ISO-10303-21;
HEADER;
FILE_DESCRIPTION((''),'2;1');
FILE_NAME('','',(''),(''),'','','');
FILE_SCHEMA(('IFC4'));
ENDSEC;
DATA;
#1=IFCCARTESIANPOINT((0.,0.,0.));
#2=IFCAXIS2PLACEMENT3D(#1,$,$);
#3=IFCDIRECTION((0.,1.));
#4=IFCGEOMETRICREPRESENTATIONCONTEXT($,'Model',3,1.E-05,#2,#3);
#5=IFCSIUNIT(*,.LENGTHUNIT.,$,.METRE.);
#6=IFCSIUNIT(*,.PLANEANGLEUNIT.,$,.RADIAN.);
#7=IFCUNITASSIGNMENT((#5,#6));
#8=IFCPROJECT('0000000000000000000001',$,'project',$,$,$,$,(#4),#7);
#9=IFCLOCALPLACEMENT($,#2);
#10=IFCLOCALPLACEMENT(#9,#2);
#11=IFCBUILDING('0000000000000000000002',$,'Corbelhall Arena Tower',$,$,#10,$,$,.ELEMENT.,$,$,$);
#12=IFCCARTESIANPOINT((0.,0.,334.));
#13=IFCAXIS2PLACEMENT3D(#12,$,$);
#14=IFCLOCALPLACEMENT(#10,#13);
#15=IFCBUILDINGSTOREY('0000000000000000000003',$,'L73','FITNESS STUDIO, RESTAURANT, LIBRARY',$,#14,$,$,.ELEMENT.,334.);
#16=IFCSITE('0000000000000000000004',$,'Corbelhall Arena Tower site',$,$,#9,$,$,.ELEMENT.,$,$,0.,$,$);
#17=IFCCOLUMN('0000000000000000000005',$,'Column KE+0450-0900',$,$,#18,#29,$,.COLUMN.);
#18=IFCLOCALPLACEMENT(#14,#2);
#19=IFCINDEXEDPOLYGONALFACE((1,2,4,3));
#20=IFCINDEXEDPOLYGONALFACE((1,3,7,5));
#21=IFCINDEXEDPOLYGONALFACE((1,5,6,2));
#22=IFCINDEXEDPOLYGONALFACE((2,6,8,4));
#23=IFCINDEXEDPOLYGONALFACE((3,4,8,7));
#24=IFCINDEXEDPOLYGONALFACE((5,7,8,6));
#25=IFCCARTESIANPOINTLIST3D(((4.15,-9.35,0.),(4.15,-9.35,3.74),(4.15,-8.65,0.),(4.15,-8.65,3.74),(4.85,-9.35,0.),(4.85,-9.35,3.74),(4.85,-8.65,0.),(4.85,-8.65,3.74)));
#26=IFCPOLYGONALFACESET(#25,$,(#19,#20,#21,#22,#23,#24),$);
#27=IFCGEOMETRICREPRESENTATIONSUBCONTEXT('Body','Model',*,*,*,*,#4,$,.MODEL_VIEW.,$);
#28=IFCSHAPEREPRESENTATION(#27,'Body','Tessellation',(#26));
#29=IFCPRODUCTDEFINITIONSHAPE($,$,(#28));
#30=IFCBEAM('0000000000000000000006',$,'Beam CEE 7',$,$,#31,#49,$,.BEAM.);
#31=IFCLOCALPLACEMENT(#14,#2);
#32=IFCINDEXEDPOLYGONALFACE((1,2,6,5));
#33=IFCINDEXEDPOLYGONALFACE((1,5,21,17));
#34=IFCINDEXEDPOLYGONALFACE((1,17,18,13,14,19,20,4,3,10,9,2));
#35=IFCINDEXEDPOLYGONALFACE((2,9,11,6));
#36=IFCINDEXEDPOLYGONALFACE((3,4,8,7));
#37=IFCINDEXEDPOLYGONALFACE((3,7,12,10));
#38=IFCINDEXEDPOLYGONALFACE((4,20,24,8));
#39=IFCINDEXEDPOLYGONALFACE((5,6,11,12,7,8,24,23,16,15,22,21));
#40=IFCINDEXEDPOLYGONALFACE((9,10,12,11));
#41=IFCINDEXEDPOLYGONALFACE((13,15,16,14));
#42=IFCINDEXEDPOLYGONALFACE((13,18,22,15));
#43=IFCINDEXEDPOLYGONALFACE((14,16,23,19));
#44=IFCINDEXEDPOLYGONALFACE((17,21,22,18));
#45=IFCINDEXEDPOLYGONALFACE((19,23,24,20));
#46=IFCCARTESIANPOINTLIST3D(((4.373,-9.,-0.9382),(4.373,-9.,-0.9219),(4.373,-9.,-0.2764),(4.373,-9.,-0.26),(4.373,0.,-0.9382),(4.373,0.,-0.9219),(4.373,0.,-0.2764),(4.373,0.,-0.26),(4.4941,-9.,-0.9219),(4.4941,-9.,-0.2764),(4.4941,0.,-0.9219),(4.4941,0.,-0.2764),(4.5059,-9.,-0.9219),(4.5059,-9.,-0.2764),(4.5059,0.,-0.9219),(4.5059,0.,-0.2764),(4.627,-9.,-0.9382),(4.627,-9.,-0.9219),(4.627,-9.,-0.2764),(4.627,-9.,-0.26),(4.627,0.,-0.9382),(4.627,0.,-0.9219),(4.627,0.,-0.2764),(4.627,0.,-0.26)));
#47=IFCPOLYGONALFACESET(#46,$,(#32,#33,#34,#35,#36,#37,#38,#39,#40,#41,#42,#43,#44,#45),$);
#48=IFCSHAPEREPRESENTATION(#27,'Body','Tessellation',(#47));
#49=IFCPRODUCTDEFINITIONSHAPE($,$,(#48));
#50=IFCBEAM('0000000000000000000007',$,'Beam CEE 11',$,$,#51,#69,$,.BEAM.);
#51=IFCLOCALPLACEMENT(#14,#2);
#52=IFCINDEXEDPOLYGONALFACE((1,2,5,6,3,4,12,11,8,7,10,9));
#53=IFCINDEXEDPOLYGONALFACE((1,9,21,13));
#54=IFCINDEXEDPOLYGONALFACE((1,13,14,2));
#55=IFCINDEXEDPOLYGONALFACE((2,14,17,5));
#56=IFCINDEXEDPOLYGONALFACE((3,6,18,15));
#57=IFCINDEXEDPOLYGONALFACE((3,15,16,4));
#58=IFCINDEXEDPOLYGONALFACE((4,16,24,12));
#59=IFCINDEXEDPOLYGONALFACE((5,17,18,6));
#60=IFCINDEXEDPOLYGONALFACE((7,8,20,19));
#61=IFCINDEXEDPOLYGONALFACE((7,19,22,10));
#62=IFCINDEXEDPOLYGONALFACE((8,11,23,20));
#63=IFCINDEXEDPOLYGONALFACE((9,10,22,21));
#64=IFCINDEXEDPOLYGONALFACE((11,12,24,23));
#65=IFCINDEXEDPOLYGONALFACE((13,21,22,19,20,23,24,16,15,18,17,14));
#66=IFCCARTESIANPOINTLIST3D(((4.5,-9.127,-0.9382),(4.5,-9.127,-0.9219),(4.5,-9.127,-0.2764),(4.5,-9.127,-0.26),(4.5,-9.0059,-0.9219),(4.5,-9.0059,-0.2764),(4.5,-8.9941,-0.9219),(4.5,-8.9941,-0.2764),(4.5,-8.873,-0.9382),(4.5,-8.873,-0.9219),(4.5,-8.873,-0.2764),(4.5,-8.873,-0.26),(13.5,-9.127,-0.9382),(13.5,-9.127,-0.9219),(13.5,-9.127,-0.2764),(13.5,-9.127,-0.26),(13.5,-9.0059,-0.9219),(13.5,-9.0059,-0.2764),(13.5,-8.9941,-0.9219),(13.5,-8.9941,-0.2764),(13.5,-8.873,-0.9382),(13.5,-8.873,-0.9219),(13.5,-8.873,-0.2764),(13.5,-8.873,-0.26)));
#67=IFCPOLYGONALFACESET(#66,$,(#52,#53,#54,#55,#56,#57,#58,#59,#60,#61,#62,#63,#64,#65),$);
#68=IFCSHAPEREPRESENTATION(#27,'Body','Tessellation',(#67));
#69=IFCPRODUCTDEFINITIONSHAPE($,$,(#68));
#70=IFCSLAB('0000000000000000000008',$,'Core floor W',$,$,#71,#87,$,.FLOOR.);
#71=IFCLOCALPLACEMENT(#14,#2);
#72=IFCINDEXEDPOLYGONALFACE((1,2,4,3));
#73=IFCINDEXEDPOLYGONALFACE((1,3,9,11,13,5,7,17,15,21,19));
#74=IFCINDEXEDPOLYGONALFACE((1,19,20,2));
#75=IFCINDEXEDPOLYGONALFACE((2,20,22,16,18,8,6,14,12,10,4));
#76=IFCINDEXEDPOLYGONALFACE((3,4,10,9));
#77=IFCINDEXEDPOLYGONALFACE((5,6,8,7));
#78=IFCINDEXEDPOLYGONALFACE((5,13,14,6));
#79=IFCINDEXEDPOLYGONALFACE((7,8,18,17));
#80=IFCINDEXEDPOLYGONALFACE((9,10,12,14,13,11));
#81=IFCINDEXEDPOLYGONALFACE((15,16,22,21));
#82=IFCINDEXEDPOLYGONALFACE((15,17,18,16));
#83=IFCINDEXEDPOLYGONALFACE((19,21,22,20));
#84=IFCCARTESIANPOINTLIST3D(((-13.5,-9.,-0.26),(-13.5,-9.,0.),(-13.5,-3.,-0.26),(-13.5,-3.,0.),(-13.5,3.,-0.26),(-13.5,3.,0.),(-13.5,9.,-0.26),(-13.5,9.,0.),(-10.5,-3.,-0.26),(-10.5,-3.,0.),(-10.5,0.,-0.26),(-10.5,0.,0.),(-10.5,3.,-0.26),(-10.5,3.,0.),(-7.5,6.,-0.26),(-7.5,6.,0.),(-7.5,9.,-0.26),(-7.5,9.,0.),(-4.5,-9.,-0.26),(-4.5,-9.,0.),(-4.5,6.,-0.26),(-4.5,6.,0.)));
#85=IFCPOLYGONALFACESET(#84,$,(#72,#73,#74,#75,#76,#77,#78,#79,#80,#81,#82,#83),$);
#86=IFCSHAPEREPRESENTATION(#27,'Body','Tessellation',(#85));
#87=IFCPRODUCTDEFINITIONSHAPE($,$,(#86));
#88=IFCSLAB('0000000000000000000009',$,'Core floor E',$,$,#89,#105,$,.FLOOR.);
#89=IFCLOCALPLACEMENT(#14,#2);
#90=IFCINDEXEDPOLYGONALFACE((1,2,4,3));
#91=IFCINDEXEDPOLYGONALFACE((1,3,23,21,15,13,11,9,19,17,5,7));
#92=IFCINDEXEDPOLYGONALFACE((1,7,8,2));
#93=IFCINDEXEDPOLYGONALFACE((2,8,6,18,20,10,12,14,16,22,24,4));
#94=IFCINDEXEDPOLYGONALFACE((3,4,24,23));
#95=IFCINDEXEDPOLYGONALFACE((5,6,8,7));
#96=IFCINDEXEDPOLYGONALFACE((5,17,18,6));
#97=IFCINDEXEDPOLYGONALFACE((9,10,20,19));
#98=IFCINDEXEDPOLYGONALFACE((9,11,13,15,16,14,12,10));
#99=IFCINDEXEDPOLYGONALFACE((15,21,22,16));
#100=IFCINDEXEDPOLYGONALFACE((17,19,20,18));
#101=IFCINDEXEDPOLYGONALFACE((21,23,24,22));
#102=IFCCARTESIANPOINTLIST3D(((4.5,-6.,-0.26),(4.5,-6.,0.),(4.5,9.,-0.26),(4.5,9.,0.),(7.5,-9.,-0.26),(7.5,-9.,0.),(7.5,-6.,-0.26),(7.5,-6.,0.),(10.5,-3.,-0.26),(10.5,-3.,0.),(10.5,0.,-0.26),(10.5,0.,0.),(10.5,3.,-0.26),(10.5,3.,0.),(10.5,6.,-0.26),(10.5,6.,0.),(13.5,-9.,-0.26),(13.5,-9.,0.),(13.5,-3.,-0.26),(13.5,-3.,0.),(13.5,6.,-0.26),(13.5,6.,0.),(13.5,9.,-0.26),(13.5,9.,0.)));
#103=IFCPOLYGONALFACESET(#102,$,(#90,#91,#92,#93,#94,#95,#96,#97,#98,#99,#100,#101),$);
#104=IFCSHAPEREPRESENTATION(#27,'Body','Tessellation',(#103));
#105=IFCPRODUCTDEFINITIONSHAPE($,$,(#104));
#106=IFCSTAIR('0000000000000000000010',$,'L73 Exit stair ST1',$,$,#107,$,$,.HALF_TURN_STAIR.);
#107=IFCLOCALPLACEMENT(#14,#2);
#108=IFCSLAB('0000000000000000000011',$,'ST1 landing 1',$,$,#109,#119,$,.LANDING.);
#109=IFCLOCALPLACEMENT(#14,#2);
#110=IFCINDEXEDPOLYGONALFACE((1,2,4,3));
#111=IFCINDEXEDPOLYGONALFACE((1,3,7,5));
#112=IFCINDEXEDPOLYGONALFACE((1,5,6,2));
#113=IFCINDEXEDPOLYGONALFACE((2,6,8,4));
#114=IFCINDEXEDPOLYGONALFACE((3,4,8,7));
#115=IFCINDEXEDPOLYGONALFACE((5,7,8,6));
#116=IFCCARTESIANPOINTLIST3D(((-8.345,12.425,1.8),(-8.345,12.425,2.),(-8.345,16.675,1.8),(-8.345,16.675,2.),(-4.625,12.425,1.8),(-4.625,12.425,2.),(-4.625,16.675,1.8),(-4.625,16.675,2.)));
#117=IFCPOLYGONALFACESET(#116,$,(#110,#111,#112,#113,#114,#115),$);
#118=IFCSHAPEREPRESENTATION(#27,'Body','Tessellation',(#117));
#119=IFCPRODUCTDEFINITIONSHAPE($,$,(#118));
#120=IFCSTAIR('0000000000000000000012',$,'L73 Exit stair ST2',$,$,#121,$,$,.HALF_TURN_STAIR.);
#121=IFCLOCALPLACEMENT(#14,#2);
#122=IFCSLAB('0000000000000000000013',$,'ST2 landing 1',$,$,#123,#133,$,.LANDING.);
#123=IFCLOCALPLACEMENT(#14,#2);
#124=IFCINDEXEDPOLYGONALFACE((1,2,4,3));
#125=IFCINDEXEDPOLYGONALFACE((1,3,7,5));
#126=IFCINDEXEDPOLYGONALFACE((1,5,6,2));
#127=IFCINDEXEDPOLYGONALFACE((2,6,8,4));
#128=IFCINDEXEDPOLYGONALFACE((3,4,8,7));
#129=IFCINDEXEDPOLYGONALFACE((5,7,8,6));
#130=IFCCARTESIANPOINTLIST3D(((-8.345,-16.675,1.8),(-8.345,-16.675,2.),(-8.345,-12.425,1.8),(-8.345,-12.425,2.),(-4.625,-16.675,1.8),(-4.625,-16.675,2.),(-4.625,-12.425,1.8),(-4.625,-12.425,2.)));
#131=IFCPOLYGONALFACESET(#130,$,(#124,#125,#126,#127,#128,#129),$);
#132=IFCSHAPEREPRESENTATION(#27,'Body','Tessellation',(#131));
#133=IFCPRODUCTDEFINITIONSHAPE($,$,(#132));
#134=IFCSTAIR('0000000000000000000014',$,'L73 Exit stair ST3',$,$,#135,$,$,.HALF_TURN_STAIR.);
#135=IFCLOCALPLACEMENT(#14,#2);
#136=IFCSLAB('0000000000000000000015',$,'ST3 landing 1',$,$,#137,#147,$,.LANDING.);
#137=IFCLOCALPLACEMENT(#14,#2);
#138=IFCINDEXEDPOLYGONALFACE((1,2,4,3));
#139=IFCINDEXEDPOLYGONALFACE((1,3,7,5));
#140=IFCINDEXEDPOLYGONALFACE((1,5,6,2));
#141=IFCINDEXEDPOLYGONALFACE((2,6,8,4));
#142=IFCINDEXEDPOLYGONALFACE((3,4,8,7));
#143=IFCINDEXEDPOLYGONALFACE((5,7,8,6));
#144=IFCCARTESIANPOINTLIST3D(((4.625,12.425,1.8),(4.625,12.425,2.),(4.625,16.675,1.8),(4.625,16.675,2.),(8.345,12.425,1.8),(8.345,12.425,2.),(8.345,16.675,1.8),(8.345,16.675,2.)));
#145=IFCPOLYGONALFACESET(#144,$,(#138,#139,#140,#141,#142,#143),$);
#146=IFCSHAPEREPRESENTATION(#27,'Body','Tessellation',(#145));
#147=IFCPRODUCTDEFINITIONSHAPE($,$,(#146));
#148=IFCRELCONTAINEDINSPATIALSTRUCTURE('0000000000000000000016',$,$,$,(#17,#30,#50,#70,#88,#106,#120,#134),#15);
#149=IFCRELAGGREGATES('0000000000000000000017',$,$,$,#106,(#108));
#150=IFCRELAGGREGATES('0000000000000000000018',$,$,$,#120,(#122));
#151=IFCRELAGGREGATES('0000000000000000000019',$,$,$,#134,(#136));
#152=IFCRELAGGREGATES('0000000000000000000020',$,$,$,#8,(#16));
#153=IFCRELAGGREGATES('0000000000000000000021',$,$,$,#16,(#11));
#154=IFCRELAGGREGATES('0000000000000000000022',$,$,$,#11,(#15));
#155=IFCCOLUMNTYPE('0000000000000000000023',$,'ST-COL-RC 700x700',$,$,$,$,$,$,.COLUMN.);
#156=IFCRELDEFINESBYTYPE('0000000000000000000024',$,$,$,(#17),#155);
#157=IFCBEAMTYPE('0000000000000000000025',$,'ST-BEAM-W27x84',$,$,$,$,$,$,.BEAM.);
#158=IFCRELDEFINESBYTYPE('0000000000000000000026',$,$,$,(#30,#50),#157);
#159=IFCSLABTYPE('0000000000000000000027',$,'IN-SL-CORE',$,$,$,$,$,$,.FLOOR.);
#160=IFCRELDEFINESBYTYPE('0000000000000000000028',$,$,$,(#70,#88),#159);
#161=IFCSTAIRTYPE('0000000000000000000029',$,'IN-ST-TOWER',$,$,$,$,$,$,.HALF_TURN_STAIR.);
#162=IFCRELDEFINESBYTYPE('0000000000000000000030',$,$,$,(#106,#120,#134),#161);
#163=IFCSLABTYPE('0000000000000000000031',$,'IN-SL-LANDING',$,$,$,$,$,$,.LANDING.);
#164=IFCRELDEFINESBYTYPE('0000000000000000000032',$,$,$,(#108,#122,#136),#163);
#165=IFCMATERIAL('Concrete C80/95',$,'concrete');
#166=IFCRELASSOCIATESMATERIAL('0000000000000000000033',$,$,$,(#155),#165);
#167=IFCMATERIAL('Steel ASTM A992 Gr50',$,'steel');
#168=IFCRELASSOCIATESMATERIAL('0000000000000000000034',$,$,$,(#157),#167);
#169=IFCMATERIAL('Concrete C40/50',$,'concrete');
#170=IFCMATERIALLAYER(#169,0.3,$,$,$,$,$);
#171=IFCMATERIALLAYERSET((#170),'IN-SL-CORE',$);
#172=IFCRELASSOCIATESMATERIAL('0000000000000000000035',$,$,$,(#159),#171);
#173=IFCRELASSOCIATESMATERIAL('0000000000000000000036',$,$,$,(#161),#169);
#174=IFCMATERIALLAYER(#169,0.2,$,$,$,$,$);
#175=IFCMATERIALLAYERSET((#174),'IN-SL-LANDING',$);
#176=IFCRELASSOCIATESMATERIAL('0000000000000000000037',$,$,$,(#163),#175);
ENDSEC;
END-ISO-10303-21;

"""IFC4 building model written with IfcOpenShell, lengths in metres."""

from ifc_helpers import new_model, si_unit, direction, frame, origin, origin_2d, place, context, subcontext, project, spatial, polyline, rectangle, i_section, outline, extrude, material, layer, layer_set, material_profile, profile_set, type_object, element, aggregate, save


model = new_model("IFC4")

# Units and contexts
model_context = context("Model", 3, precision=1e-05, world=origin(), true_north=direction((0.0, 1.0)))
body_context = subcontext(model_context, "Body", "Model", "MODEL_VIEW")
ifc_project = project(units=[si_unit("LENGTHUNIT", "METRE"), si_unit("PLANEANGLEUNIT", "RADIAN")], contexts=[model_context])

# Site, building, storey
site_placement = place(None, origin())
site = spatial("IfcSite", under=ifc_project, at=site_placement, Name="Corbelhall Arena Tower site", CompositionType="ELEMENT", RefElevation=0.0)
building_placement = place(site_placement, origin())
building = spatial("IfcBuilding", under=site, at=building_placement, Name="Corbelhall Arena Tower", CompositionType="ELEMENT")
storey_placement = place(building_placement, frame((0.0, 0.0, 334.0)))
storey = spatial("IfcBuildingStorey", under=building, at=storey_placement, Name="L73", Description="FITNESS STUDIO, RESTAURANT, LIBRARY", CompositionType="ELEMENT", Elevation=334.0)

# Column
ifc_material_1 = material(Name="Concrete C80/95", Category="concrete")
ifc_material_profile_1 = material_profile(ifc_material_1, rectangle(XDim=0.7, YDim=0.7, at=origin_2d()))
ifc_profile_set_1 = profile_set([ifc_material_profile_1], Name="Concrete C80/95")
column_type = type_object("IfcColumnType", Name="ST-COL-RC 700x700", PredefinedType="COLUMN", material=ifc_profile_set_1)
column_placement = place(storey_placement, frame((4.5, -9.0, 0.0), z_axis=(0.0, 0.0, 1.0), x_axis=(1.0, 0.0, 0.0)))
element("IfcColumn", 1, at=column_placement, inside=storey, type_object=column_type, Name="Column KE+0450-0900", PredefinedType="COLUMN", context=body_context, shape_type="SweptSolid", body=[
    extrude(rectangle(XDim=0.7, YDim=0.7, at=origin_2d()), origin(), (0.0, 0.0, 1.0), 3.74),
])

# Beams
ifc_material_2 = material(Name="Steel ASTM A992 Gr50", Category="steel")
ifc_material_profile_2 = material_profile(ifc_material_2, i_section(OverallWidth=0.2539, OverallDepth=0.6782, WebThickness=0.0117, FlangeThickness=0.0164, at=origin_2d()))
ifc_profile_set_2 = profile_set([ifc_material_profile_2], Name="Steel ASTM A992 Gr50")
beam_type = type_object("IfcBeamType", Name="ST-BEAM-W27x84", PredefinedType="BEAM", material=ifc_profile_set_2)
for number, where, z_axis, x_axis, name in (
    (2, (4.5, -9.0, -0.5991), (0.0, 1.0, 0.0), (-1.0, 0.0, 0.0), "Beam CEE 7"),
    (3, (4.5, -9.0, -0.5991), (1.0, 0.0, 0.0), (0.0, 1.0, 0.0), "Beam CEE 11"),
):
    element("IfcBeam", number, at=place(storey_placement, frame(where, z_axis=z_axis, x_axis=x_axis)), inside=storey, type_object=beam_type, Name=name, PredefinedType="BEAM", context=body_context, shape_type="SweptSolid", body=[
        extrude(i_section(OverallWidth=0.2539, OverallDepth=0.6782, WebThickness=0.0117, FlangeThickness=0.0164, at=origin_2d()), origin(), (0.0, 0.0, 1.0), 9.0),
    ])

# Slabs
ifc_material_3 = material(Name="Concrete C40/50", Category="concrete")
ifc_layer_1 = layer(ifc_material_3, 0.3)
ifc_layer_set_1 = layer_set([ifc_layer_1], Name="IN-SL-CORE")
slab_type_1 = type_object("IfcSlabType", Name="IN-SL-CORE", PredefinedType="FLOOR", material=ifc_layer_set_1)
slab_1_placement = place(storey_placement, frame((0.0, 0.0, -0.26)))
element("IfcSlab", 4, at=slab_1_placement, inside=storey, type_object=slab_type_1, Name="Core floor W", PredefinedType="FLOOR", context=body_context, shape_type="SweptSolid", body=[
    extrude(outline(polyline([(-13.5, -3.0), (-13.5, -9.0), (-4.5, -9.0), (-4.5, 6.0), (-7.5, 6.0), (-7.5, 9.0), (-13.5, 9.0), (-13.5, 3.0), (-10.5, 3.0), (-10.5, 0.0), (-10.5, -3.0), (-13.5, -3.0)])), origin(), (0.0, 0.0, 1.0), 0.26),
])
slab_2_placement = place(storey_placement, frame((0.0, 0.0, -0.26)))
element("IfcSlab", 5, at=slab_2_placement, inside=storey, type_object=slab_type_1, Name="Core floor E", PredefinedType="FLOOR", context=body_context, shape_type="SweptSolid", body=[
    extrude(outline(polyline([(10.5, 0.0), (10.5, 3.0), (10.5, 6.0), (13.5, 6.0), (13.5, 9.0), (4.5, 9.0), (4.5, -6.0), (7.5, -6.0), (7.5, -9.0), (13.5, -9.0), (13.5, -3.0), (10.5, -3.0), (10.5, 0.0)])), origin(), (0.0, 0.0, 1.0), 0.26),
])

# Stairs, slabs
stair_type = type_object("IfcStairType", Name="IN-ST-TOWER", PredefinedType="HALF_TURN_STAIR", material=ifc_material_3)
stair_1_placement = place(storey_placement, origin())
stair_1 = element("IfcStair", 6, at=stair_1_placement, inside=storey, type_object=stair_type, Name="L73 Exit stair ST1", PredefinedType="HALF_TURN_STAIR")
ifc_layer_2 = layer(ifc_material_3, 0.2)
ifc_layer_set_2 = layer_set([ifc_layer_2], Name="IN-SL-LANDING")
slab_type_2 = type_object("IfcSlabType", Name="IN-SL-LANDING", PredefinedType="LANDING", material=ifc_layer_set_2)
slab_3_placement = place(storey_placement, frame((0.0, 0.0, 1.8)))
slab_3 = element("IfcSlab", 7, at=slab_3_placement, type_object=slab_type_2, Name="ST1 landing 1", PredefinedType="LANDING", context=body_context, shape_type="SweptSolid", body=[
    extrude(outline(polyline([(-8.345, 12.425), (-4.625, 12.425), (-4.625, 16.675), (-8.345, 16.675), (-8.345, 12.425)])), origin(), (0.0, 0.0, 1.0), 0.2),
])
aggregate(stair_1, [slab_3])
stair_2_placement = place(storey_placement, origin())
stair_2 = element("IfcStair", 8, at=stair_2_placement, inside=storey, type_object=stair_type, Name="L73 Exit stair ST2", PredefinedType="HALF_TURN_STAIR")
slab_4_placement = place(storey_placement, frame((0.0, 0.0, 1.8)))
slab_4 = element("IfcSlab", 9, at=slab_4_placement, type_object=slab_type_2, Name="ST2 landing 1", PredefinedType="LANDING", context=body_context, shape_type="SweptSolid", body=[
    extrude(outline(polyline([(-8.345, -16.675), (-4.625, -16.675), (-4.625, -12.425), (-8.345, -12.425), (-8.345, -16.675)])), origin(), (0.0, 0.0, 1.0), 0.2),
])
aggregate(stair_2, [slab_4])
stair_3_placement = place(storey_placement, origin())
stair_3 = element("IfcStair", 10, at=stair_3_placement, inside=storey, type_object=stair_type, Name="L73 Exit stair ST3", PredefinedType="HALF_TURN_STAIR")
slab_5_placement = place(storey_placement, frame((0.0, 0.0, 1.8)))
slab_5 = element("IfcSlab", 11, at=slab_5_placement, type_object=slab_type_2, Name="ST3 landing 1", PredefinedType="LANDING", context=body_context, shape_type="SweptSolid", body=[
    extrude(outline(polyline([(8.345, 16.675), (4.625, 16.675), (4.625, 12.425), (8.345, 12.425), (8.345, 16.675)])), origin(), (0.0, 0.0, 1.0), 0.2),
])
aggregate(stair_3, [slab_5])

save(model, "model.ifc")
